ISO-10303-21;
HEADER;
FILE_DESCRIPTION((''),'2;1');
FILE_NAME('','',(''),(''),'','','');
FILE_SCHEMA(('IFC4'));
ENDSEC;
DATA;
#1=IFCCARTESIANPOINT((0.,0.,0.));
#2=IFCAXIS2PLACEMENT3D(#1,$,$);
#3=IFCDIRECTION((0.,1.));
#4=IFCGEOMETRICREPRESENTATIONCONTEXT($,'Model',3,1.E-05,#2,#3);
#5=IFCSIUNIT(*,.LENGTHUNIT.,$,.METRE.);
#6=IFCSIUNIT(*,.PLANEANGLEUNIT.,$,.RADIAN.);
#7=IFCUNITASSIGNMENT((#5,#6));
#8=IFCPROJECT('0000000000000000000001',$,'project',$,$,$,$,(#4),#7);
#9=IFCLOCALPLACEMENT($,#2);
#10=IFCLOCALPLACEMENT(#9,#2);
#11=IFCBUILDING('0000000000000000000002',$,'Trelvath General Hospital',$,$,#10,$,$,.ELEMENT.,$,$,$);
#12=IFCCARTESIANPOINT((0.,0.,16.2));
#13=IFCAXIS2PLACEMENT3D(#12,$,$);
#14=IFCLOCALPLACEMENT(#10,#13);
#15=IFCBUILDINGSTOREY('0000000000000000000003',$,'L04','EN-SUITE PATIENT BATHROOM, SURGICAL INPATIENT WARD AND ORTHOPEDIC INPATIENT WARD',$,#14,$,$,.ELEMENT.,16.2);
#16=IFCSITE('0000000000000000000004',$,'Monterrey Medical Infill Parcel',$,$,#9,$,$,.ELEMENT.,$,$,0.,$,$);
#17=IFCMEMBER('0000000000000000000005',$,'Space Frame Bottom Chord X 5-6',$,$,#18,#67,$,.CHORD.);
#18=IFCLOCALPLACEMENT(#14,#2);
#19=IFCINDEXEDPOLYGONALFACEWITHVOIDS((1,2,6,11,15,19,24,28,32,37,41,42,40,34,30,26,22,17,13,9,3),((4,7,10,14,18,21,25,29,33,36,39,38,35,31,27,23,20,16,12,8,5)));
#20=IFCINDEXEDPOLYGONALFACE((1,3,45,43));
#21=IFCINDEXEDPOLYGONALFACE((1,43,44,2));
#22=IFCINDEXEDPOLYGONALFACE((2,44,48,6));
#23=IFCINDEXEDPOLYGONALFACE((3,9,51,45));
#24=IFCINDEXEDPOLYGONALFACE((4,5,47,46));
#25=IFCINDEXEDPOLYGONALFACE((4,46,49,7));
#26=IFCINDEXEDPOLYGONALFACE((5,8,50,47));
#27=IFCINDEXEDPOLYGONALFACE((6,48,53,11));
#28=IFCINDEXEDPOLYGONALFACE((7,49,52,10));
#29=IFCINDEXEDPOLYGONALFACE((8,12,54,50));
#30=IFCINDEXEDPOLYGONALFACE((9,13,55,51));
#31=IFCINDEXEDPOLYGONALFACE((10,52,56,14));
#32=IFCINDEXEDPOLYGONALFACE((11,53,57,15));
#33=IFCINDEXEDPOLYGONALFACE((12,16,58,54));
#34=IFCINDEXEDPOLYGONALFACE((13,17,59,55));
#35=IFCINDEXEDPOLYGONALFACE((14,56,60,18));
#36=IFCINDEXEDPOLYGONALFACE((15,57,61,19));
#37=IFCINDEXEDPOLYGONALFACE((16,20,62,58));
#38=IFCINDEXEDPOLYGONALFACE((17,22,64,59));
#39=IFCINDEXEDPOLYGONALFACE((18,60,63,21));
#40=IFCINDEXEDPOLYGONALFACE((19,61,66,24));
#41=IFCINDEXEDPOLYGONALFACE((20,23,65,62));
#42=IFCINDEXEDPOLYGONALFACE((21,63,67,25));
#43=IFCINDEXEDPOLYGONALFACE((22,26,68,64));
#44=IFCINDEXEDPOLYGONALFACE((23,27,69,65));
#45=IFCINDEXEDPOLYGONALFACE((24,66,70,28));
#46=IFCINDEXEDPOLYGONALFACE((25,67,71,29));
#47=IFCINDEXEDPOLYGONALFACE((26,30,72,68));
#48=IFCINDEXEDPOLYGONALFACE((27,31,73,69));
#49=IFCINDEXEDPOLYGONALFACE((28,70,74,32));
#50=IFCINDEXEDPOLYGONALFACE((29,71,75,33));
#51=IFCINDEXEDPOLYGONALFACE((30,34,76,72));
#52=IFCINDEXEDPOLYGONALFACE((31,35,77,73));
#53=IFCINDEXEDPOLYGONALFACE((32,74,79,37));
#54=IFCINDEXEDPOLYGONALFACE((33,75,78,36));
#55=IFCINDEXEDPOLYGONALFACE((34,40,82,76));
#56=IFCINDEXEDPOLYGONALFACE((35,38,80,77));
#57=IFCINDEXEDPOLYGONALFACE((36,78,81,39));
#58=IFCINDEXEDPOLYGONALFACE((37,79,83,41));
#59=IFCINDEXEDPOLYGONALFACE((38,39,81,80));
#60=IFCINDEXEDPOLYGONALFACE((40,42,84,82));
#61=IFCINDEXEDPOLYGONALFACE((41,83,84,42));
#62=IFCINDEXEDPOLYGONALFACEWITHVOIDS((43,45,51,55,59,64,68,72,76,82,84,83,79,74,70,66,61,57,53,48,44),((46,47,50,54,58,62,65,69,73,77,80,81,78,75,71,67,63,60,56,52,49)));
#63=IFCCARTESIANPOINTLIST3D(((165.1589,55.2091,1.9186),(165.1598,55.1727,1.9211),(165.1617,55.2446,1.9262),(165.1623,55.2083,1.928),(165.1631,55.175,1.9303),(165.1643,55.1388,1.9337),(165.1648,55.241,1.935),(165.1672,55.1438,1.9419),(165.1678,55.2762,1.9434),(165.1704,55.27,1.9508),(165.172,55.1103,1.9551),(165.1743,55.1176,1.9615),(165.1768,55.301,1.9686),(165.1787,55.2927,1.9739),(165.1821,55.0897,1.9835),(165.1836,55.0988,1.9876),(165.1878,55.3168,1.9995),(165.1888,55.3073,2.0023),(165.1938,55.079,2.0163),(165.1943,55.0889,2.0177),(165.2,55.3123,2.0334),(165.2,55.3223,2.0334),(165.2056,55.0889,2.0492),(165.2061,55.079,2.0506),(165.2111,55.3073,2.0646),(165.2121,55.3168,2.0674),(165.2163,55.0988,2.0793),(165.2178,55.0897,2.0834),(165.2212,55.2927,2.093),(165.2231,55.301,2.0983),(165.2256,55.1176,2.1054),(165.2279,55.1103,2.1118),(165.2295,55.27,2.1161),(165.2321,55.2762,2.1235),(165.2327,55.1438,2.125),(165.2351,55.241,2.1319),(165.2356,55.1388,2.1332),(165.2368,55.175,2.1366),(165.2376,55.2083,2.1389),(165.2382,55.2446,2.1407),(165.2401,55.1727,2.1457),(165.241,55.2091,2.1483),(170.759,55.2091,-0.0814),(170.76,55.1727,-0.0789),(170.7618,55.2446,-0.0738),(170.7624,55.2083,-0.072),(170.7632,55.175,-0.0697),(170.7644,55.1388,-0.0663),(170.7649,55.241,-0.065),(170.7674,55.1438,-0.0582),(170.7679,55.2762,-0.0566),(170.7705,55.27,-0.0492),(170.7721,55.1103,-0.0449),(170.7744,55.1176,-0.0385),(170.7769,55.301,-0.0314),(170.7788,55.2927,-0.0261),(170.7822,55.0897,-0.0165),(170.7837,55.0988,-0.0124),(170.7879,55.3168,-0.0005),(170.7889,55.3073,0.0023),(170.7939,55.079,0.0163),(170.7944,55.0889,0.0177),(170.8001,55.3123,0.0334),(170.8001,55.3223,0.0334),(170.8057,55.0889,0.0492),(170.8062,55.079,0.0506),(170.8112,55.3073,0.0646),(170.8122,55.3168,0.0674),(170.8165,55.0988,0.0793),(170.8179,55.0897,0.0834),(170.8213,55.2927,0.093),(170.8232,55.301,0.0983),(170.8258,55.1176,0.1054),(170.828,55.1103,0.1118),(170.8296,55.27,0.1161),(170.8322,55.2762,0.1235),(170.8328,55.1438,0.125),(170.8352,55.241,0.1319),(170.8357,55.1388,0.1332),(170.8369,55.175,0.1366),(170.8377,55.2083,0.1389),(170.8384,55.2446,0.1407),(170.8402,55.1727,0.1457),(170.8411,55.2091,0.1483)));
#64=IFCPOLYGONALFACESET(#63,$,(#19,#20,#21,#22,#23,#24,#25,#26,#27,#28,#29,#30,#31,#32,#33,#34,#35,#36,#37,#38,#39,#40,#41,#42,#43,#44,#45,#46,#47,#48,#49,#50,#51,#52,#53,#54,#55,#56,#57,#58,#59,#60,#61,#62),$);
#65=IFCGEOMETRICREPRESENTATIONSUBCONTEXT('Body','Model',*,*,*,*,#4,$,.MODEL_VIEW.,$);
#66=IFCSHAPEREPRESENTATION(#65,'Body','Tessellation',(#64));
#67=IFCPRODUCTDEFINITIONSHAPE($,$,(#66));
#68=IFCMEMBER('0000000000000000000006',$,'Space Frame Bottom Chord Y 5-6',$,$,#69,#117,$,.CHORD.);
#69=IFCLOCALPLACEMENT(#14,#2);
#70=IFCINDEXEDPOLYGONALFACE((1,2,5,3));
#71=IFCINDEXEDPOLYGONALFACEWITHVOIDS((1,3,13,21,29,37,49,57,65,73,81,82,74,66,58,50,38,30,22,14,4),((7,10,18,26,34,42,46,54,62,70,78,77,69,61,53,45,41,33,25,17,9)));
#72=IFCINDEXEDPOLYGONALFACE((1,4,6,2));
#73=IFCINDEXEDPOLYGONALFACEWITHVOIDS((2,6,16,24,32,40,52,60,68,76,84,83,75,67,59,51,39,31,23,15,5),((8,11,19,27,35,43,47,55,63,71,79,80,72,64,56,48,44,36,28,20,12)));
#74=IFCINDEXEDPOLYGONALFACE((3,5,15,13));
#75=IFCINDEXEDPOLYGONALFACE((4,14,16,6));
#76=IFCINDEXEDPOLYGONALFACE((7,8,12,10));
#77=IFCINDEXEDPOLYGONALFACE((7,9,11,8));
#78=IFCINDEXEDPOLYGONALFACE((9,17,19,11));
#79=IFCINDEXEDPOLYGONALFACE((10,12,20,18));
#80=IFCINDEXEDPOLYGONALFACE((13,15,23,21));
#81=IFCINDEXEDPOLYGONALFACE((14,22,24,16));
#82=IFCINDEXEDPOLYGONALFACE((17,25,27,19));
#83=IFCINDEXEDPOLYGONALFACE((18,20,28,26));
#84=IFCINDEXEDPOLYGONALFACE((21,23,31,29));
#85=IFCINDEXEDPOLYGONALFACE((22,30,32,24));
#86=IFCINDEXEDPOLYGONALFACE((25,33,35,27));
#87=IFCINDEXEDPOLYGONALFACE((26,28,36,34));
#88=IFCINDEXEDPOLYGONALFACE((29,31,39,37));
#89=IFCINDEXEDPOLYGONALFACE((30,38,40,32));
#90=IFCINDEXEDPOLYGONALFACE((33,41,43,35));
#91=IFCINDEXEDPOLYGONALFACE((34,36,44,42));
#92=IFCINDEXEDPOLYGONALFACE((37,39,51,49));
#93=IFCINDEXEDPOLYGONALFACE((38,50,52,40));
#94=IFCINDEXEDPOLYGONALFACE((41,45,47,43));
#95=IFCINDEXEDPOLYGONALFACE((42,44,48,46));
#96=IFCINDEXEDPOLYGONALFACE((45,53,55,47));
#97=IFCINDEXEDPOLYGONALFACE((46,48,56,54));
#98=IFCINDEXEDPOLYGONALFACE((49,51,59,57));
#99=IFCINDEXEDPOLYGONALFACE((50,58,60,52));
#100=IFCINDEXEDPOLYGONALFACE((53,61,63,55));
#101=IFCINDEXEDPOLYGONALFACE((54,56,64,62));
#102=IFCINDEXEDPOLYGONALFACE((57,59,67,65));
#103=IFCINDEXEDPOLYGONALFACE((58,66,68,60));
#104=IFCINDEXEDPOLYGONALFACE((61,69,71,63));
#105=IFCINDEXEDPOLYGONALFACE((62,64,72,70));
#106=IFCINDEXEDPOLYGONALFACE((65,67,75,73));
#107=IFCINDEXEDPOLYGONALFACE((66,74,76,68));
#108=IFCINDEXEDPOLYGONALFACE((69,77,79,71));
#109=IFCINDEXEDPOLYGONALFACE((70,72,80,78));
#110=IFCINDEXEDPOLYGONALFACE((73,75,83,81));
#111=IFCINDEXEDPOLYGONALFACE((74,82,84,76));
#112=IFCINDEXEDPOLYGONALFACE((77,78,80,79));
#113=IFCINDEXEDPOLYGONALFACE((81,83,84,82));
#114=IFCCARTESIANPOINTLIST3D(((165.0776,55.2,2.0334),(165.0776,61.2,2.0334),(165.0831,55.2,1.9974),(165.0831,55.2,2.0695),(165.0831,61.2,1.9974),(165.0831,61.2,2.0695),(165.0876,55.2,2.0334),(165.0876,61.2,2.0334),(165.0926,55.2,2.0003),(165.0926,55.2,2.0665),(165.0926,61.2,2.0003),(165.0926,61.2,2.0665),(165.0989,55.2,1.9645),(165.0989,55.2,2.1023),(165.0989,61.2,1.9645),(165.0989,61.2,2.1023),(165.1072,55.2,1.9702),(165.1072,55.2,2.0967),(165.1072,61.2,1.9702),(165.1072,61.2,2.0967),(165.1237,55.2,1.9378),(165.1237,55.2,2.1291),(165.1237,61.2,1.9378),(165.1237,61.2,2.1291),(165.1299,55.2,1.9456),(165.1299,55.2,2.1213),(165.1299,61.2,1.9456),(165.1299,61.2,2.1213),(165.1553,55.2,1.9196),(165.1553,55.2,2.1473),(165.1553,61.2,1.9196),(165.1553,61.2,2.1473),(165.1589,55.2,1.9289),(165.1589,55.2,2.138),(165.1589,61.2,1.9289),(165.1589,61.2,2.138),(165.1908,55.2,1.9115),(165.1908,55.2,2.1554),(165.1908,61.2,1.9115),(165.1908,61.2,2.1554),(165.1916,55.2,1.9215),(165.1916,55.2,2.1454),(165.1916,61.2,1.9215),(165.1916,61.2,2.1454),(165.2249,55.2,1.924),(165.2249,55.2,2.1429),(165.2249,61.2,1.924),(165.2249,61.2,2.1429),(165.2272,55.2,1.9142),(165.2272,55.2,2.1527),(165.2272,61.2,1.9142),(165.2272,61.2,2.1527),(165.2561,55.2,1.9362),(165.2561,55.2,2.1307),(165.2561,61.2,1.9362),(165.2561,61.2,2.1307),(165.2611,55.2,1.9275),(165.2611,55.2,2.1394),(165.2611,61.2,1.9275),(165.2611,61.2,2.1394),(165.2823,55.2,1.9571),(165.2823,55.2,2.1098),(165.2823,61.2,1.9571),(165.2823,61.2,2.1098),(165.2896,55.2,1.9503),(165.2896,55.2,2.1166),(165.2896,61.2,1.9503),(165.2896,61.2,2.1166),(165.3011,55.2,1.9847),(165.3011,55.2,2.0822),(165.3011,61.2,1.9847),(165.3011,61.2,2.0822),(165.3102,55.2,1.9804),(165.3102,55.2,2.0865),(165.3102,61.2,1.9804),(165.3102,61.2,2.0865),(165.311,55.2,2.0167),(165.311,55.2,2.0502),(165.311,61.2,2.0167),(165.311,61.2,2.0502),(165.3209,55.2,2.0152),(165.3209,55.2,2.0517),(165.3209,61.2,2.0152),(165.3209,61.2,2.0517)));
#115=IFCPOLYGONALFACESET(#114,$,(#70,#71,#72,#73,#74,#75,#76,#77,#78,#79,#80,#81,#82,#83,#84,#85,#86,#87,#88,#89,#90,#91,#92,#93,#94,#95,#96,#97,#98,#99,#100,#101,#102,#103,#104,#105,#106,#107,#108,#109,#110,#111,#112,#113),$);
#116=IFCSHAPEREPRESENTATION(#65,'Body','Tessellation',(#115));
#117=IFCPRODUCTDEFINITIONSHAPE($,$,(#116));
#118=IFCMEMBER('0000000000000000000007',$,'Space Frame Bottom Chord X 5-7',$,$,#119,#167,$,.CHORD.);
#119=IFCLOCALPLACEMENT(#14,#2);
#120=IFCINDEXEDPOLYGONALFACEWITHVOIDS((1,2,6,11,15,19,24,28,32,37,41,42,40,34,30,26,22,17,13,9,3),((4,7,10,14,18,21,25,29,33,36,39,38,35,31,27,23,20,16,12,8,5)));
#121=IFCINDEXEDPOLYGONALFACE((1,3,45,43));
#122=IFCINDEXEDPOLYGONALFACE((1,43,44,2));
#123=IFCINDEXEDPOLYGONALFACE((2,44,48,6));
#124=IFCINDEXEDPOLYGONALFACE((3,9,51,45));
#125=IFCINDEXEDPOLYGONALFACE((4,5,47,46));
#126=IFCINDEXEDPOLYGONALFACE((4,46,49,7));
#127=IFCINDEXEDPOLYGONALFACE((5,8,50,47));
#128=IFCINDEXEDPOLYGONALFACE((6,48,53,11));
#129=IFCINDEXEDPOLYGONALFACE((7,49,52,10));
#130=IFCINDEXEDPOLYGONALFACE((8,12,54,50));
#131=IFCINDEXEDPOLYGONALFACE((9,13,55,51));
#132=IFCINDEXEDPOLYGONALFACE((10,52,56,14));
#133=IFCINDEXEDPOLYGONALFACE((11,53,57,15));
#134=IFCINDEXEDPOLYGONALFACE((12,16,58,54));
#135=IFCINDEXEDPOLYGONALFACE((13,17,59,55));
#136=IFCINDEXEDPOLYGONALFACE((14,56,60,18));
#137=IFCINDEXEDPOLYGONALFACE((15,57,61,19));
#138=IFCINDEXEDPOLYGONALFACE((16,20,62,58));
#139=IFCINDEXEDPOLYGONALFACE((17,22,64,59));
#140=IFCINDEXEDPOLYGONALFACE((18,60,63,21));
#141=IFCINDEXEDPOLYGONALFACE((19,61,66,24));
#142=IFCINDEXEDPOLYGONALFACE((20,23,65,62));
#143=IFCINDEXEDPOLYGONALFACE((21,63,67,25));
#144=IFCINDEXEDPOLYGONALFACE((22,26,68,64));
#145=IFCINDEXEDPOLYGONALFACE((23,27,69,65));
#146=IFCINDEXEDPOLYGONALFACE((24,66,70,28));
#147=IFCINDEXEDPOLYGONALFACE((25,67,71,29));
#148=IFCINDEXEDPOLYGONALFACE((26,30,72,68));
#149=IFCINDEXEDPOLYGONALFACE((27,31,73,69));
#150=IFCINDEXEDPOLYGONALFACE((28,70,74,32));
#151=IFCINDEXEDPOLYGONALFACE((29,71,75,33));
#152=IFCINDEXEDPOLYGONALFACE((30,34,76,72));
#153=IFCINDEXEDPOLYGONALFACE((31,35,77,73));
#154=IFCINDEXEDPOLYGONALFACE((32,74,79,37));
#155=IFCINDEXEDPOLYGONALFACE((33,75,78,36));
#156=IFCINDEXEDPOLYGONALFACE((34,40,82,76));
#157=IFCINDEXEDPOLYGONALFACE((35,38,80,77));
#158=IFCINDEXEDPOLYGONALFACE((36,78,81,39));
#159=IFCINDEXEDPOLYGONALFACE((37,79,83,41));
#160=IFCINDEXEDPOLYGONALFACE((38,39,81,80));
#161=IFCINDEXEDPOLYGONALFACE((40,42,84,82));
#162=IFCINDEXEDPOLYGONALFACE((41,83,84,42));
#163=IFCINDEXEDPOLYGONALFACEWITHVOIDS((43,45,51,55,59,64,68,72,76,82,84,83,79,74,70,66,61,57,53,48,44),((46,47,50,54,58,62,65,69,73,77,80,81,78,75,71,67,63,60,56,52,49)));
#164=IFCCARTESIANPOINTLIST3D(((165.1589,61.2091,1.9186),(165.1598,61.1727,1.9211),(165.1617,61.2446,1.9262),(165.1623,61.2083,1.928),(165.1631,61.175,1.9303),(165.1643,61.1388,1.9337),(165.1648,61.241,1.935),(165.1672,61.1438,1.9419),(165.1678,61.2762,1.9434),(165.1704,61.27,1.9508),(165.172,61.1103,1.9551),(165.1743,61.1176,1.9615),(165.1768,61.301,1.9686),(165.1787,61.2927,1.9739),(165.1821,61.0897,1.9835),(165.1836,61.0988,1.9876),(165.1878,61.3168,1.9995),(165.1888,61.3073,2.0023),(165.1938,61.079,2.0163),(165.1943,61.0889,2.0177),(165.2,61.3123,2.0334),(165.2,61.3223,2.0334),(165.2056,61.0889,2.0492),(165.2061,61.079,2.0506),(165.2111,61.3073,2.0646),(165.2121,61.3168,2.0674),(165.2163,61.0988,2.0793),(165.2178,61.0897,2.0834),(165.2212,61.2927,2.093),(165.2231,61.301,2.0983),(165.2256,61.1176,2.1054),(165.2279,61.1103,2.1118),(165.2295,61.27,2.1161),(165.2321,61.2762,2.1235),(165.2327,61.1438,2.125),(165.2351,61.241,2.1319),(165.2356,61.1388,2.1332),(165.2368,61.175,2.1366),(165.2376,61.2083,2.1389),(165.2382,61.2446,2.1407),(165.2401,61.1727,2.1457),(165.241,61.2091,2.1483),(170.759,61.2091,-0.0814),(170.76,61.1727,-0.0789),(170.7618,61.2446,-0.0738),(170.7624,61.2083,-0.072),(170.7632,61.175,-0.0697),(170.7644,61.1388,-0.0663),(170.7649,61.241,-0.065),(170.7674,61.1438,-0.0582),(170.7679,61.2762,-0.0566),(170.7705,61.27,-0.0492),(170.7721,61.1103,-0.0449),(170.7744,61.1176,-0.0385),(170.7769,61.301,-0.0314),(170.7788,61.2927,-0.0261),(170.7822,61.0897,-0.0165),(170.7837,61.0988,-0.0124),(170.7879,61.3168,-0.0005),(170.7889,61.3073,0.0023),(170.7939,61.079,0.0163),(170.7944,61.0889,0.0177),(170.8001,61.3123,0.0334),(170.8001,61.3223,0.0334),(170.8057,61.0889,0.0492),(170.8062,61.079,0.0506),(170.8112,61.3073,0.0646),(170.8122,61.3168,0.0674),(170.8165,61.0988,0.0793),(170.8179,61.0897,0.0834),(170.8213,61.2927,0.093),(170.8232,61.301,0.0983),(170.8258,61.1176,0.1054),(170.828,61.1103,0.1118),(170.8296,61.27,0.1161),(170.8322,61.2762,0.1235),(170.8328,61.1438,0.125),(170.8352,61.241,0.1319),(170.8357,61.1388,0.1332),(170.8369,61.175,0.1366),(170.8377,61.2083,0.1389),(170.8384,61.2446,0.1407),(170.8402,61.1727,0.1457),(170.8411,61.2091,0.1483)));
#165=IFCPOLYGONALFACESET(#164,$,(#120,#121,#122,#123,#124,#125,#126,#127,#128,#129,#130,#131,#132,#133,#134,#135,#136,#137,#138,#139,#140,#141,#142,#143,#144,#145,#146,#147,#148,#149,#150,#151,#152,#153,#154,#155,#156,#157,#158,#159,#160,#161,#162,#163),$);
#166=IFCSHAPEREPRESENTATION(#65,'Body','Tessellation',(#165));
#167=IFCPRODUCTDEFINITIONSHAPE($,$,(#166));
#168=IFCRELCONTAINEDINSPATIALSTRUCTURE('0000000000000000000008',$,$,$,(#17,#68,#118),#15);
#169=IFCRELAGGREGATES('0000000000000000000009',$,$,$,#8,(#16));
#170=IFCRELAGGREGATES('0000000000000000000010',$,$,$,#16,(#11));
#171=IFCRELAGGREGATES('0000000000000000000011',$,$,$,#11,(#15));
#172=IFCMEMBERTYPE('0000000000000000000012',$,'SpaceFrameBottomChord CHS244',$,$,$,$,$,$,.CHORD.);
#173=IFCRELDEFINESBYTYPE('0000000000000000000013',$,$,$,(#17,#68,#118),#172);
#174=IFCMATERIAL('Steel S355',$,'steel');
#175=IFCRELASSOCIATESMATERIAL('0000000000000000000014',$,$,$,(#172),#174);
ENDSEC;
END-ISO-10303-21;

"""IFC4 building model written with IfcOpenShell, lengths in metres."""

from ifc_helpers import new_model, si_unit, direction, frame, origin, origin_2d, place, context, subcontext, project, spatial, hollow_circle, extrude, material, material_profile, profile_set, type_object, element, save


model = new_model("IFC4")

# Units and contexts
model_context = context("Model", 3, precision=1e-05, world=origin(), true_north=direction((0.0, 1.0)))
body_context = subcontext(model_context, "Body", "Model", "MODEL_VIEW")
ifc_project = project(units=[si_unit("LENGTHUNIT", "METRE"), si_unit("PLANEANGLEUNIT", "RADIAN")], contexts=[model_context])

# Site, building, storey
site_placement = place(None, origin())
site = spatial("IfcSite", under=ifc_project, at=site_placement, Name="Monterrey Medical Infill Parcel", CompositionType="ELEMENT", RefElevation=0.0)
building_placement = place(site_placement, origin())
building = spatial("IfcBuilding", under=site, at=building_placement, Name="Trelvath General Hospital", CompositionType="ELEMENT")
storey_placement = place(building_placement, frame((0.0, 0.0, 16.2)))
storey = spatial("IfcBuildingStorey", under=building, at=storey_placement, Name="L04", Description="EN-SUITE PATIENT BATHROOM, SURGICAL INPATIENT WARD AND ORTHOPEDIC INPATIENT WARD", CompositionType="ELEMENT", Elevation=16.2)

# Members
ifc_material_1 = material(Name="Steel S355", Category="steel")
ifc_material_profile_1 = material_profile(ifc_material_1, hollow_circle(Radius=0.1223, WallThickness=0.01, at=origin_2d()), Name="CHS244.5x10.0")
ifc_profile_set_1 = profile_set([ifc_material_profile_1], Name="Steel S355")
member_type_1 = type_object("IfcMemberType", Name="SpaceFrameBottomChord CHS244", PredefinedType="CHORD", material=ifc_profile_set_1)
member_1_placement = place(storey_placement, frame((165.2, 55.2, 2.0334), z_axis=(0.941744, 0.0, -0.336331), x_axis=(0.0, 1.0, 0.0)))
element("IfcMember", 1, at=member_1_placement, inside=storey, type_object=member_type_1, Name="Space Frame Bottom Chord X 5-6", PredefinedType="CHORD", context=body_context, shape_type="SweptSolid", body=[
    extrude(hollow_circle(Radius=0.1223, WallThickness=0.01, at=origin_2d()), origin(), (0.0, 0.0, 1.0), 5.9465),
])
member_2_placement = place(storey_placement, frame((165.2, 55.2, 2.0334), z_axis=(0.0, 1.0, 0.0), x_axis=(-1.0, 0.0, 0.0)))
element("IfcMember", 2, at=member_2_placement, inside=storey, type_object=member_type_1, Name="Space Frame Bottom Chord Y 5-6", PredefinedType="CHORD", context=body_context, shape_type="SweptSolid", body=[
    extrude(hollow_circle(Radius=0.1223, WallThickness=0.01, at=origin_2d()), origin(), (0.0, 0.0, 1.0), 6.0),
])
member_3_placement = place(storey_placement, frame((165.2, 61.2, 2.0334), z_axis=(0.941744, 0.0, -0.336331), x_axis=(0.0, 1.0, 0.0)))
element("IfcMember", 3, at=member_3_placement, inside=storey, type_object=member_type_1, Name="Space Frame Bottom Chord X 5-7", PredefinedType="CHORD", context=body_context, shape_type="SweptSolid", body=[
    extrude(hollow_circle(Radius=0.1223, WallThickness=0.01, at=origin_2d()), origin(), (0.0, 0.0, 1.0), 5.9465),
])

save(model, "model.ifc")
